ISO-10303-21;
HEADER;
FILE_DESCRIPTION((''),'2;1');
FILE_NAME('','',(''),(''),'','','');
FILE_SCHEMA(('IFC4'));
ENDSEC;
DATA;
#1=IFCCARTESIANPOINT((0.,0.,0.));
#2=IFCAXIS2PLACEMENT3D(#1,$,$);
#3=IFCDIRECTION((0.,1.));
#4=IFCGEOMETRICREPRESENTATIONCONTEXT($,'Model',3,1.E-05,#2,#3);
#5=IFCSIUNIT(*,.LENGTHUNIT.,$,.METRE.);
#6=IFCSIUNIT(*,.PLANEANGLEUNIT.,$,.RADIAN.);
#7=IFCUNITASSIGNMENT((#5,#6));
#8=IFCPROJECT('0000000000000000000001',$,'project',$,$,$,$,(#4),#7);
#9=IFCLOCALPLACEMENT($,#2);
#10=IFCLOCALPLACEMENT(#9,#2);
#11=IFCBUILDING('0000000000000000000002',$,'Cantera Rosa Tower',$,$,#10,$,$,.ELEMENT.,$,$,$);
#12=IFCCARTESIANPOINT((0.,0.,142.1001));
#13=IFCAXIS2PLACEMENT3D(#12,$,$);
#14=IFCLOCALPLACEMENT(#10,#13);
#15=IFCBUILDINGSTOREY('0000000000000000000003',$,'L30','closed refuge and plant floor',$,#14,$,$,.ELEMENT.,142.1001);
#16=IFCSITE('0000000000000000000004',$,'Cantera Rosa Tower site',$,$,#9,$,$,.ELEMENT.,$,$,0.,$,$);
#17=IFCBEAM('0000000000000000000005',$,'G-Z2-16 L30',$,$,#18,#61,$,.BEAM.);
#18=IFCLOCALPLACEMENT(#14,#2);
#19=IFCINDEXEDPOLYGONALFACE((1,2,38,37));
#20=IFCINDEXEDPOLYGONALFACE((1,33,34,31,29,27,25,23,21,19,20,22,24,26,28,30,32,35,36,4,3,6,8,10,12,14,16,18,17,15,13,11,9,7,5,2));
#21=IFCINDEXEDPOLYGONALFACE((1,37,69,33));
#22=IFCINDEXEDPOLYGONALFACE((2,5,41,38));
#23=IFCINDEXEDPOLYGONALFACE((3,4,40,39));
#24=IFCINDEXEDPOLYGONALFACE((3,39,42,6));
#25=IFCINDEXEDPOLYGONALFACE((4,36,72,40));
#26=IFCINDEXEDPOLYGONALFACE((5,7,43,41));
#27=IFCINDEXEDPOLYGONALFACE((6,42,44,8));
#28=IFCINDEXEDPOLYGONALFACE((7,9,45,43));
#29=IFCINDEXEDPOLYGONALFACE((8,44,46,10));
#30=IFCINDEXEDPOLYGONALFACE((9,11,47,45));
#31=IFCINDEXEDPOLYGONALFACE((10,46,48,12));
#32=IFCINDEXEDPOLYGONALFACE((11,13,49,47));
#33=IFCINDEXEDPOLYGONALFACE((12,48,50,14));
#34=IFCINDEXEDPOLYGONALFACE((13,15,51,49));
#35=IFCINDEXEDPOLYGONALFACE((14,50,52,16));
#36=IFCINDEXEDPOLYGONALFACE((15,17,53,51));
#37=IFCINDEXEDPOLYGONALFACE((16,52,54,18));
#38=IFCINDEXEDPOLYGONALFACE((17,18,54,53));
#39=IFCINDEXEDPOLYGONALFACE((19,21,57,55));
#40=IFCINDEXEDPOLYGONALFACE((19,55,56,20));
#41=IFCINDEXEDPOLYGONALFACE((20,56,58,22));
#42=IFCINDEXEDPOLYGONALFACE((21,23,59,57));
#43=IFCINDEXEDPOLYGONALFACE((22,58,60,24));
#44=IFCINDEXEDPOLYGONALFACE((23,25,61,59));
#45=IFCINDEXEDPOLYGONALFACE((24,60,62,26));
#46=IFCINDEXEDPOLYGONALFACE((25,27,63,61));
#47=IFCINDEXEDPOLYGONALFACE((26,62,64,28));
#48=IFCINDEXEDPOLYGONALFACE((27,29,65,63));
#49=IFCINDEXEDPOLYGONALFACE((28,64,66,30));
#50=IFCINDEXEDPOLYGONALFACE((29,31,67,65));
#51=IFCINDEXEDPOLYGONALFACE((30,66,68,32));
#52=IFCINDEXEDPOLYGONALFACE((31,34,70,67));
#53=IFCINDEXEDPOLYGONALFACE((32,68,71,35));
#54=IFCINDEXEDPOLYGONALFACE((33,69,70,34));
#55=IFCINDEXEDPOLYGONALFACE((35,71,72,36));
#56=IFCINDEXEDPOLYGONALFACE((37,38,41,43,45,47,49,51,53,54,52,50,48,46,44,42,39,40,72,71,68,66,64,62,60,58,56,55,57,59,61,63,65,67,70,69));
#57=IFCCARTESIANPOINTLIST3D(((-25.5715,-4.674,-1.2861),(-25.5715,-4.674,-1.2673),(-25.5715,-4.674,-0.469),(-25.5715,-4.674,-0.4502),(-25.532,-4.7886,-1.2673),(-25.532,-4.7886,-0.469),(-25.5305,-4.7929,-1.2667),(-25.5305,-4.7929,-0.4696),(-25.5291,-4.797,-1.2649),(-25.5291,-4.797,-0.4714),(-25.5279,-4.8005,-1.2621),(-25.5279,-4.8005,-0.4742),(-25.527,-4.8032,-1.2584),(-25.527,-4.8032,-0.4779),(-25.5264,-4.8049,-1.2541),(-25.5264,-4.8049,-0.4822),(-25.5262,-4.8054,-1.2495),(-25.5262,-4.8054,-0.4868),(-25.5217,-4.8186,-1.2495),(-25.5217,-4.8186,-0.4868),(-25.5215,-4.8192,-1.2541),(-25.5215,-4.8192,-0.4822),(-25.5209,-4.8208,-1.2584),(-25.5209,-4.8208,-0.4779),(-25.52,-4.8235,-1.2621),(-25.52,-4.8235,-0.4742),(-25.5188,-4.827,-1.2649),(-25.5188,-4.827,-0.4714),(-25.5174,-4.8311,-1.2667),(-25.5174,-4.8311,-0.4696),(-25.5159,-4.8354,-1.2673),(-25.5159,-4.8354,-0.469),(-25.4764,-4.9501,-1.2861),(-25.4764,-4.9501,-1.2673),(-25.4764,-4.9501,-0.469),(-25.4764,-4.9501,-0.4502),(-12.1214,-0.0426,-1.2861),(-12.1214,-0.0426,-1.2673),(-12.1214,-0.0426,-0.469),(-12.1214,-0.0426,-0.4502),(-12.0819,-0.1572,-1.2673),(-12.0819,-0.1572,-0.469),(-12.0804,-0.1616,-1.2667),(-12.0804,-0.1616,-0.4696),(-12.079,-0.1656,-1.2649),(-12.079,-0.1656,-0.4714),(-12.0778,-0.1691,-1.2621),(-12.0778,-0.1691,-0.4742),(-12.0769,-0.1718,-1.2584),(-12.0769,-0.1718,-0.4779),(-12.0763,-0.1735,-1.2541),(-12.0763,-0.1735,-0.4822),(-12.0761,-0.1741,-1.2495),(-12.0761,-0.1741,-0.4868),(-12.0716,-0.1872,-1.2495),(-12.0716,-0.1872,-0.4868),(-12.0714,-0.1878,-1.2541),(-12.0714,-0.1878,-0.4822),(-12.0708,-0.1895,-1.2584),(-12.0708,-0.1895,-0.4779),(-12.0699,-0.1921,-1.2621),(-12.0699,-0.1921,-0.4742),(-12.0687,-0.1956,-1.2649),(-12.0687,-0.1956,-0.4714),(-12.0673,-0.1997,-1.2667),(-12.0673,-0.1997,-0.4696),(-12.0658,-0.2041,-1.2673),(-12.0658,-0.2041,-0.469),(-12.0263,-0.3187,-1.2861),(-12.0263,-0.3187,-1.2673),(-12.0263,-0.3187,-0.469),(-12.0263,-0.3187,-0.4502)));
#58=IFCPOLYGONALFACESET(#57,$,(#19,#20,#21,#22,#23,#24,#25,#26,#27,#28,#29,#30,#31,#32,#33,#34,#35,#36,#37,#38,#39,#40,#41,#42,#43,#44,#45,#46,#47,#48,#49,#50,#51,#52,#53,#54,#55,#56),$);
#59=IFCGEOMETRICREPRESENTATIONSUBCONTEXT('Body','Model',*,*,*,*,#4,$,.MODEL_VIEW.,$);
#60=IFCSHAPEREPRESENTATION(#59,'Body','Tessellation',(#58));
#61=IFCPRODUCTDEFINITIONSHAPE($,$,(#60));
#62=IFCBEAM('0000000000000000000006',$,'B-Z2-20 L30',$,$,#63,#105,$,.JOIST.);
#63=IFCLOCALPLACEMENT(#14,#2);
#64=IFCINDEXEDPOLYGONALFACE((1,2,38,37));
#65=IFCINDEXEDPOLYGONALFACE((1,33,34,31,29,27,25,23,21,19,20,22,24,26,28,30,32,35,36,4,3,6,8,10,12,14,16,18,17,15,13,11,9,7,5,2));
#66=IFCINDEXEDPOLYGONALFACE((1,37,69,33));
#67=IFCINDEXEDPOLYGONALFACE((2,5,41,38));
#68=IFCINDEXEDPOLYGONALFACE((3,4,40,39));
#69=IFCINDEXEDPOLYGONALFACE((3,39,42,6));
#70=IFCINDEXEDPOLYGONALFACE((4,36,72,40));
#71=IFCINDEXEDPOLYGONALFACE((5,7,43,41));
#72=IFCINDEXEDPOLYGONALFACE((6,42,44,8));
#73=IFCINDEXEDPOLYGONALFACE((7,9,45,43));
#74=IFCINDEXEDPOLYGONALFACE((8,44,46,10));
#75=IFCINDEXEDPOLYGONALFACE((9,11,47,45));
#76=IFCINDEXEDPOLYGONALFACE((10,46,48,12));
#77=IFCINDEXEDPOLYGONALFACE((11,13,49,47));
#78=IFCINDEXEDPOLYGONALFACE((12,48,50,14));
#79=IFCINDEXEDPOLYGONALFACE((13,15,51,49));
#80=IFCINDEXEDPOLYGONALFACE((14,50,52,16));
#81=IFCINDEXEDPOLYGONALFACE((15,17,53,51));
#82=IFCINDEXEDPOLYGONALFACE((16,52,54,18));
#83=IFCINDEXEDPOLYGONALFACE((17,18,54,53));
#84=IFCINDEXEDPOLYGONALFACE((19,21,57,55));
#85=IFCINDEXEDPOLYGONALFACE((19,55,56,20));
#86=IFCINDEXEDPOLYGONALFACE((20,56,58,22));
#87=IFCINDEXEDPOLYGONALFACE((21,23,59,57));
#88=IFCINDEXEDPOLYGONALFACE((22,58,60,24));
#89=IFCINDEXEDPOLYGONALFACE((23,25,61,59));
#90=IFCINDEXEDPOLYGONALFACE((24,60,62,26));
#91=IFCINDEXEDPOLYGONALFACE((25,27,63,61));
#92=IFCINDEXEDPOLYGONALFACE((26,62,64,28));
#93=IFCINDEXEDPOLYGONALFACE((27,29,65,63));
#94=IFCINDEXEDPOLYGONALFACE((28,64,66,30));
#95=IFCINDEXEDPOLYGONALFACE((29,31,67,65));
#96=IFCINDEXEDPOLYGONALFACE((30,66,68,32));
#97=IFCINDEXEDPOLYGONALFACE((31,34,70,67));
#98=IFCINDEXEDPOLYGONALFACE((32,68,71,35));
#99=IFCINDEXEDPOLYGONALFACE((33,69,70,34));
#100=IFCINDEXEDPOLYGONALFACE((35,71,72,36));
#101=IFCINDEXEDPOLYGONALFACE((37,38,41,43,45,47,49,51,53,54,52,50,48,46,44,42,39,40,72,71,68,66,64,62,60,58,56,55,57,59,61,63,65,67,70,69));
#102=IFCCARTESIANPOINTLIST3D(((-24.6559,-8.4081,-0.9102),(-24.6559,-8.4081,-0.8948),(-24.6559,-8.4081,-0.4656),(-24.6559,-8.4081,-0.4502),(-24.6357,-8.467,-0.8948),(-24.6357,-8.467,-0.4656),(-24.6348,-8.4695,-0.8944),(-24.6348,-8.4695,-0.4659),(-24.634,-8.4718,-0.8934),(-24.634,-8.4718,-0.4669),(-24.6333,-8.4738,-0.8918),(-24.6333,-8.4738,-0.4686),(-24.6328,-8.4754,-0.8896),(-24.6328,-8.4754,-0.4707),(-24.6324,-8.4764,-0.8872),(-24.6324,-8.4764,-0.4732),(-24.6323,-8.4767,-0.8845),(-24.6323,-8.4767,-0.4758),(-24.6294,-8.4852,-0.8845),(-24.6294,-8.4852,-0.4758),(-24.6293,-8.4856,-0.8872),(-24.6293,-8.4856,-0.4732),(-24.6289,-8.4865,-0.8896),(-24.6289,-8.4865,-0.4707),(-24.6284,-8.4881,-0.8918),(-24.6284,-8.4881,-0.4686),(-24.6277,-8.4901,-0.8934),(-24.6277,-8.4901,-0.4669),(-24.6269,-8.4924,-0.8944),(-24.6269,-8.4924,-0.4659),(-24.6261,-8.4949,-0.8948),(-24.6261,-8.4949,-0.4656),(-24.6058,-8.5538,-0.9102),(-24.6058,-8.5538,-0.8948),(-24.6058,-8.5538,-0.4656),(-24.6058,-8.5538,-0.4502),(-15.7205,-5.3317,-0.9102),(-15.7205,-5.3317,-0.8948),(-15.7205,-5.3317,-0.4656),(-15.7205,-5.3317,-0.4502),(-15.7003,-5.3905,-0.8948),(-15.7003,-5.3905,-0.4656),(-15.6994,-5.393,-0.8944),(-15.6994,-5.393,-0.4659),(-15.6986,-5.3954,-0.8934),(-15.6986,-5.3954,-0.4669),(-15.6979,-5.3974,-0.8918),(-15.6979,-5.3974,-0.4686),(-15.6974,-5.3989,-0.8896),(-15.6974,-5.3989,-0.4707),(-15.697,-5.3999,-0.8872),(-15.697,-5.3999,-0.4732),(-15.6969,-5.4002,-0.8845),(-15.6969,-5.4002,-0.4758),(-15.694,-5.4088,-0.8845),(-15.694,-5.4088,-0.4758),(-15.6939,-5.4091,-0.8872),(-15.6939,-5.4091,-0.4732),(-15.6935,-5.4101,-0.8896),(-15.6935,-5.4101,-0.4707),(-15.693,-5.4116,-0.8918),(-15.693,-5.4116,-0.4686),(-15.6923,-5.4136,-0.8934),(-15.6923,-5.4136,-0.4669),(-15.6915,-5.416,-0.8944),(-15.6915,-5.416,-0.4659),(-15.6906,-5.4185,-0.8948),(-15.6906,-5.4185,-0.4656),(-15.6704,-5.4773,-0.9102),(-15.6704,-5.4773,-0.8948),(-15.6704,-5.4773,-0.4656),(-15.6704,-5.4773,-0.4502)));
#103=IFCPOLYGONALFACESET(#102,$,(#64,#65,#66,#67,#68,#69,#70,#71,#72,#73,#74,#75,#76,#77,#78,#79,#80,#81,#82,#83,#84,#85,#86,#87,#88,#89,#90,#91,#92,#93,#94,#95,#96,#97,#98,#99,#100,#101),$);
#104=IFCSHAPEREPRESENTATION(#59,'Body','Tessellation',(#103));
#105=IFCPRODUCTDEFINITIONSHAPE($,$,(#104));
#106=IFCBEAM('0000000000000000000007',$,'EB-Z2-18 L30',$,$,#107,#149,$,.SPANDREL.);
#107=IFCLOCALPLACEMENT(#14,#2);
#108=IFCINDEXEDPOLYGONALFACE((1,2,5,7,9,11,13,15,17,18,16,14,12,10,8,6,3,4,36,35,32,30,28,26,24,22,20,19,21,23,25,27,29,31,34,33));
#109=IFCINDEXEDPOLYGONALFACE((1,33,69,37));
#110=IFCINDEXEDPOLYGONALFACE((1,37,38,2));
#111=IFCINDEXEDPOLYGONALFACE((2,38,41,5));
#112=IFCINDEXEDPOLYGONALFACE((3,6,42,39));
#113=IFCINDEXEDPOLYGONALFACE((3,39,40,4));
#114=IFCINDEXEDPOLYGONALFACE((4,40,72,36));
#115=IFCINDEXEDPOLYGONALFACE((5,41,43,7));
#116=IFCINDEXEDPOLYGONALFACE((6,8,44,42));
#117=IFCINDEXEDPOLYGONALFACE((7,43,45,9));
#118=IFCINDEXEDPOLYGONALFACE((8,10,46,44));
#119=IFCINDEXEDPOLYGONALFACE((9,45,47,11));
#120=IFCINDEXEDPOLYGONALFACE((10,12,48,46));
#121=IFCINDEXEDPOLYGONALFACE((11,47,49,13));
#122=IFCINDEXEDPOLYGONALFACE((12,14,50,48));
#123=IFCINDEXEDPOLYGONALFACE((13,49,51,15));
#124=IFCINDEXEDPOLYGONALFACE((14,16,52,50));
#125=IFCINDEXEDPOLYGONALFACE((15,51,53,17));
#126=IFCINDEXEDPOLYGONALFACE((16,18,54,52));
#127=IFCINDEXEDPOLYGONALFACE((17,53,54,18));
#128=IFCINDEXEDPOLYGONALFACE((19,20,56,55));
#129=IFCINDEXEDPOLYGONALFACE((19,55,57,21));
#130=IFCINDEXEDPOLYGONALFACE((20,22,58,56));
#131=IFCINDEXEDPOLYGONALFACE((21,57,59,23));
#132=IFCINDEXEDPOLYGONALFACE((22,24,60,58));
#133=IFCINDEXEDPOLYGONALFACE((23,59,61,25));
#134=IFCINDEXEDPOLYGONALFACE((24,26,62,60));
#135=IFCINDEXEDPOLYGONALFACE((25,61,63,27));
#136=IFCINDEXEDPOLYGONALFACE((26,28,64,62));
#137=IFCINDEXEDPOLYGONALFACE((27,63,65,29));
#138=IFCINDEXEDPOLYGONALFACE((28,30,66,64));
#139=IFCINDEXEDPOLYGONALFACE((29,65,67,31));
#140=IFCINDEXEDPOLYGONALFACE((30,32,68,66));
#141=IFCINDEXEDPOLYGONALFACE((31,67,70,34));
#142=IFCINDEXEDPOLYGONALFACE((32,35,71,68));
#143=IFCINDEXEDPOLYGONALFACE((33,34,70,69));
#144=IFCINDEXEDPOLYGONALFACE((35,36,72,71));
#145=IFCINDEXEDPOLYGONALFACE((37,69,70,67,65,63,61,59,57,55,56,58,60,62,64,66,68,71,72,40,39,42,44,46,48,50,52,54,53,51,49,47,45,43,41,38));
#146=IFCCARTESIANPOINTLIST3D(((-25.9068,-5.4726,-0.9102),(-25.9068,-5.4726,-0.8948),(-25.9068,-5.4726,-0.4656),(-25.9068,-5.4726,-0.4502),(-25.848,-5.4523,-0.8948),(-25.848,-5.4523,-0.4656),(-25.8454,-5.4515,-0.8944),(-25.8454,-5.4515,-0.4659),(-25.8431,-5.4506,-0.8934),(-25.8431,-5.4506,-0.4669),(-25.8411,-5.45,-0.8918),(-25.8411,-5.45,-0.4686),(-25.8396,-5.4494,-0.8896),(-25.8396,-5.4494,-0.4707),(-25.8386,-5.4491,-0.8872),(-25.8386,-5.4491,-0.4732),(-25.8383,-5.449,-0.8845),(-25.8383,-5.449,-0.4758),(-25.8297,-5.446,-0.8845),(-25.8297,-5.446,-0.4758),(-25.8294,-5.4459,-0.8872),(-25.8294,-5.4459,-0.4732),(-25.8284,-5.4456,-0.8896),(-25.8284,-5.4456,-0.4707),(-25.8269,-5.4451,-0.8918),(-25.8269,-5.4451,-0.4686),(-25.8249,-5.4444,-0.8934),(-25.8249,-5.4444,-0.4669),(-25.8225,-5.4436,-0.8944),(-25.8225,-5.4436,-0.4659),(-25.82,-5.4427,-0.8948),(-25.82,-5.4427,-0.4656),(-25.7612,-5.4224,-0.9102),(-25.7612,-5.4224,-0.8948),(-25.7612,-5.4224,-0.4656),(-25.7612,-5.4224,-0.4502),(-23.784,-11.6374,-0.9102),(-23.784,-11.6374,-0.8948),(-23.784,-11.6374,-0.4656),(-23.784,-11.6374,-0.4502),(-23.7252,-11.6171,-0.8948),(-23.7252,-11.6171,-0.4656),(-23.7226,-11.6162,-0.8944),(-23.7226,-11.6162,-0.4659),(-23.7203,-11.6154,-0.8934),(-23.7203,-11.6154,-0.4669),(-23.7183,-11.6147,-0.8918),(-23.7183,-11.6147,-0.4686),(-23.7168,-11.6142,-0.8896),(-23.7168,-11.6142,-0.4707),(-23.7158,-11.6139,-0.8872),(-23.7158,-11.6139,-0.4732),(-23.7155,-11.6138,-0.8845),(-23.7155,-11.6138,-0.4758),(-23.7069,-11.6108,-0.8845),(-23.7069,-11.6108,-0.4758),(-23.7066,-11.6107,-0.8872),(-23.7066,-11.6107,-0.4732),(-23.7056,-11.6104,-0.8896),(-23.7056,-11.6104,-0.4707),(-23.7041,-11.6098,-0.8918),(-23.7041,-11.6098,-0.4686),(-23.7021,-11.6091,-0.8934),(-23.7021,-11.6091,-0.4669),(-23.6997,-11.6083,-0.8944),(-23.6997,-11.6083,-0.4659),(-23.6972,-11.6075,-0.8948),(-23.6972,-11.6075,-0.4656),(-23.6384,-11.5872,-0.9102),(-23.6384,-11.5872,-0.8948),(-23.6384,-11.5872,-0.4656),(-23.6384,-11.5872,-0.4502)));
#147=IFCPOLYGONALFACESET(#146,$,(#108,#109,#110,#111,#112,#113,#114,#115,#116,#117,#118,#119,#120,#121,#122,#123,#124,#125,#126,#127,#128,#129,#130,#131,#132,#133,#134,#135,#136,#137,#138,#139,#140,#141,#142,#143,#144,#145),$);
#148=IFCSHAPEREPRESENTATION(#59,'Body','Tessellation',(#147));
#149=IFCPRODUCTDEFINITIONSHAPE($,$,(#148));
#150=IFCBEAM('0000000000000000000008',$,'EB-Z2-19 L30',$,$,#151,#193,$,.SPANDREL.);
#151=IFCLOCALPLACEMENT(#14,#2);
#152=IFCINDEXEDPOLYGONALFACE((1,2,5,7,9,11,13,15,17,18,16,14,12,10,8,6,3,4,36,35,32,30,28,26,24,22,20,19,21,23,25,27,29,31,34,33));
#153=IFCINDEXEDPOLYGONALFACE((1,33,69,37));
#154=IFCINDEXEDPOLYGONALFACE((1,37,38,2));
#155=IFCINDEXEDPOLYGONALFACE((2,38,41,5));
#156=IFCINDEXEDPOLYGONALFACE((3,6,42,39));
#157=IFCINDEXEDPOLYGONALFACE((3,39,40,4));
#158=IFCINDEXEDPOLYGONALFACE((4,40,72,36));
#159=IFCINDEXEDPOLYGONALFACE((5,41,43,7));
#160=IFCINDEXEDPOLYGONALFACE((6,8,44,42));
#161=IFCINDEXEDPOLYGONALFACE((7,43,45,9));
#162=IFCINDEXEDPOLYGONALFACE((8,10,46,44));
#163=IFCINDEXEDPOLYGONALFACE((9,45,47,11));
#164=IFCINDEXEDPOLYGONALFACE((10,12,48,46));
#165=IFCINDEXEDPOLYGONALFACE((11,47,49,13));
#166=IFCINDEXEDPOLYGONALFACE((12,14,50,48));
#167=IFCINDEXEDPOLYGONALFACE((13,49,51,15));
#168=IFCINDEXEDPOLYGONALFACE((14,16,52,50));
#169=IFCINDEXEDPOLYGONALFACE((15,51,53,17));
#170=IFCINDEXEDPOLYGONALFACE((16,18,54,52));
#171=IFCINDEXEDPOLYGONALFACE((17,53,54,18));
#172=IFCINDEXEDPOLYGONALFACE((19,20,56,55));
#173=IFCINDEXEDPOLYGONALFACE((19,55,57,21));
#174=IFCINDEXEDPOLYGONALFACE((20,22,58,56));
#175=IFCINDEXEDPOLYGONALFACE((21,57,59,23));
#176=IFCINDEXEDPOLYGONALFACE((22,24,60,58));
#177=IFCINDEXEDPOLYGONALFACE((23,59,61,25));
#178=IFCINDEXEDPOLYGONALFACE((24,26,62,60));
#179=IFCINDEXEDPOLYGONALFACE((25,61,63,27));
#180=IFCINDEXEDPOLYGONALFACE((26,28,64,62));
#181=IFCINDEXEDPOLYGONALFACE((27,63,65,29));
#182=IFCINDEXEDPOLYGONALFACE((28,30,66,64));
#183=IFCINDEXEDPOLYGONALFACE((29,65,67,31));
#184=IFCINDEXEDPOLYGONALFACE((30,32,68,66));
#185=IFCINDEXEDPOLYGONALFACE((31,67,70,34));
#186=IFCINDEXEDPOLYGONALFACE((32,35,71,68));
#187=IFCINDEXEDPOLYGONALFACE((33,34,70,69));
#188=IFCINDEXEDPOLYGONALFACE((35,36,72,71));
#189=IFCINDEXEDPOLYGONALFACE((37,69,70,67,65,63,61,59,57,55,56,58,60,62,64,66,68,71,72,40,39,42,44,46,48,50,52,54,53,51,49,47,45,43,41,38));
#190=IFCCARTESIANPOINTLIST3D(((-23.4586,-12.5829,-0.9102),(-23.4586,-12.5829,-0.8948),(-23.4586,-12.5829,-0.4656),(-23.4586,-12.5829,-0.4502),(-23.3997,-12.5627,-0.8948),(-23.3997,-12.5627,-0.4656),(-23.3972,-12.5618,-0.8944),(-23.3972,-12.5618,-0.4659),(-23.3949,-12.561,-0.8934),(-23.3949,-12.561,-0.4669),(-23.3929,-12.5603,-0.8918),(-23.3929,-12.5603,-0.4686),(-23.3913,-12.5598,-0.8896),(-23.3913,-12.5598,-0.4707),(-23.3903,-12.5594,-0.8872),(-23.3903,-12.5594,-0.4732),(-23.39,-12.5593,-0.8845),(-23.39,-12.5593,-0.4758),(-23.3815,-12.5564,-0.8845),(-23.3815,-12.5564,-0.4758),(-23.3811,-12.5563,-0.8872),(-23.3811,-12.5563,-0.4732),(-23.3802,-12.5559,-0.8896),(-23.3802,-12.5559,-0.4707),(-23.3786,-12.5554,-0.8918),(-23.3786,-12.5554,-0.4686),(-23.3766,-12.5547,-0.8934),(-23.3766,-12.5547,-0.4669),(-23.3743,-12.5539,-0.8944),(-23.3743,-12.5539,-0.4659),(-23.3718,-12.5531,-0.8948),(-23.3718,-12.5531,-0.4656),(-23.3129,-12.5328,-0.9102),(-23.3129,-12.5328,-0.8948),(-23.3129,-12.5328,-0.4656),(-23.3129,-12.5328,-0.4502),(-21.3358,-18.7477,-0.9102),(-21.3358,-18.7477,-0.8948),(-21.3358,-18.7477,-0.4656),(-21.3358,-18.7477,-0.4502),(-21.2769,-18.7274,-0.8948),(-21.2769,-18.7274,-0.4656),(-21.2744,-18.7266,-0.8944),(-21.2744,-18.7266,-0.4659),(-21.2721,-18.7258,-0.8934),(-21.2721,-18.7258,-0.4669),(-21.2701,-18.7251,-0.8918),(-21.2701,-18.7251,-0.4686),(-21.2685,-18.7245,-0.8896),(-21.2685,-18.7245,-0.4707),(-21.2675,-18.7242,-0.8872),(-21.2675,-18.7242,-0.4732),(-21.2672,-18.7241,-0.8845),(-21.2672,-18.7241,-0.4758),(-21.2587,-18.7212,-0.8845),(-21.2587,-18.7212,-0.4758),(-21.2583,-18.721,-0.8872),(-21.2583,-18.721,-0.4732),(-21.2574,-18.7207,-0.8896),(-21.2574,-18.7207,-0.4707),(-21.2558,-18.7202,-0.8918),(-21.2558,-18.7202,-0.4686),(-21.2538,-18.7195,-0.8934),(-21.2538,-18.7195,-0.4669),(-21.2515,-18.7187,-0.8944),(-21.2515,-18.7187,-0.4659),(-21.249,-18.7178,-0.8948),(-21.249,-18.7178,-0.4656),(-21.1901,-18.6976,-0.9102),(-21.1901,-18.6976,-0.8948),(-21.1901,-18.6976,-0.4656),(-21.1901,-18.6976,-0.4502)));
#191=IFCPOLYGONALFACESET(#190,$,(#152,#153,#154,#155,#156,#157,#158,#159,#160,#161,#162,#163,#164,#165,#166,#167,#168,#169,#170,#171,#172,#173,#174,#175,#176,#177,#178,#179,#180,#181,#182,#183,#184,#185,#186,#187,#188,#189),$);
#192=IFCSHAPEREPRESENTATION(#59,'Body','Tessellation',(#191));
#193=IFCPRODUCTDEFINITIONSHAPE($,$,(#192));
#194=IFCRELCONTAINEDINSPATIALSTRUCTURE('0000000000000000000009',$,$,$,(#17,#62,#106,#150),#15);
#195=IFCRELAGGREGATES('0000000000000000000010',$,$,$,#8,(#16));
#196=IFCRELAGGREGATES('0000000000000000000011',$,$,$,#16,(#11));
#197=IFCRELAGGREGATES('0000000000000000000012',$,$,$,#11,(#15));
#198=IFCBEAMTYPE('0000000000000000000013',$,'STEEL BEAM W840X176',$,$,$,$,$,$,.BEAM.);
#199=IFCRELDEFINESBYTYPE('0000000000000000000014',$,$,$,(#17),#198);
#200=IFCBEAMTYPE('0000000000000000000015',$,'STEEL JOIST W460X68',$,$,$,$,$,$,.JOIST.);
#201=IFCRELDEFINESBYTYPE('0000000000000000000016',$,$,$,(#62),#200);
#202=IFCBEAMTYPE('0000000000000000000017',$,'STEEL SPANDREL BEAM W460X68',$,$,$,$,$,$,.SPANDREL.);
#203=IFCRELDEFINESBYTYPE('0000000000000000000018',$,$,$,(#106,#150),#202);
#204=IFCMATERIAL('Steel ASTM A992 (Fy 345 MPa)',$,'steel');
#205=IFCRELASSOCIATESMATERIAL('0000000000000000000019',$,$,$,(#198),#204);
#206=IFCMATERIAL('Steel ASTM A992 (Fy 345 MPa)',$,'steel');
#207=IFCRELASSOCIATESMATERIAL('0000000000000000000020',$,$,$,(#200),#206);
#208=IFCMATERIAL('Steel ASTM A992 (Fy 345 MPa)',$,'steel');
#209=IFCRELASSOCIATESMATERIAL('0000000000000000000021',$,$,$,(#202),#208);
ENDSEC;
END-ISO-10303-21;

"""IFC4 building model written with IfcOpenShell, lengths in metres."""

from ifc_helpers import new_model, si_unit, direction, frame, origin, origin_2d, place, context, subcontext, project, spatial, i_section, extrude, material, material_profile, profile_set, type_object, element, save


model = new_model("IFC4")

# Units and contexts
model_context = context("Model", 3, precision=1e-05, world=origin(), true_north=direction((0.0, 1.0)))
body_context = subcontext(model_context, "Body", "Model", "MODEL_VIEW")
ifc_project = project(units=[si_unit("LENGTHUNIT", "METRE"), si_unit("PLANEANGLEUNIT", "RADIAN")], contexts=[model_context])

# Site, building, storey
site_placement = place(None, origin())
site = spatial("IfcSite", under=ifc_project, at=site_placement, Name="Cantera Rosa Tower site", CompositionType="ELEMENT", RefElevation=0.0)
building_placement = place(site_placement, origin())
building = spatial("IfcBuilding", under=site, at=building_placement, Name="Cantera Rosa Tower", CompositionType="ELEMENT")
storey_placement = place(building_placement, frame((0.0, 0.0, 142.1001)))
storey = spatial("IfcBuildingStorey", under=building, at=storey_placement, Name="L30", Description="closed refuge and plant floor", CompositionType="ELEMENT", Elevation=142.1001)

# Beams
ifc_material_1 = material(Name="Steel ASTM A992 (Fy 345 MPa)", Category="steel")
ifc_material_profile_1 = material_profile(ifc_material_1, i_section(OverallWidth=0.292, OverallDepth=0.8359, WebThickness=0.0139, FlangeThickness=0.0188, FilletRadius=0.0178, at=origin_2d()), Name="W840X176")
ifc_profile_set_1 = profile_set([ifc_material_profile_1], Name="Steel ASTM A992 (Fy 345 MPa)")
beam_type_1 = type_object("IfcBeamType", Name="STEEL BEAM W840X176", PredefinedType="BEAM", material=ifc_profile_set_1)
beam_1_placement = place(storey_placement, frame((-25.5239, -4.812, -0.8682), z_axis=(0.945515, 0.325578, 0.0), x_axis=(-0.325578, 0.945515, 0.0)))
element("IfcBeam", 1, at=beam_1_placement, inside=storey, type_object=beam_type_1, Name="G-Z2-16 L30", PredefinedType="BEAM", context=body_context, shape_type="SweptSolid", body=[
    extrude(i_section(OverallWidth=0.292, OverallDepth=0.8359, WebThickness=0.0139, FlangeThickness=0.0188, FilletRadius=0.0178, at=origin_2d()), origin(), (0.0, 0.0, 1.0), 14.2251),
])
ifc_material_2 = material(Name="Steel ASTM A992 (Fy 345 MPa)", Category="steel")
ifc_material_profile_2 = material_profile(ifc_material_2, i_section(OverallWidth=0.1541, OverallDepth=0.46, WebThickness=0.009, FlangeThickness=0.0154, FilletRadius=0.0103, at=origin_2d()), Name="W460X68")
ifc_profile_set_2 = profile_set([ifc_material_profile_2], Name="Steel ASTM A992 (Fy 345 MPa)")
beam_type_2 = type_object("IfcBeamType", Name="STEEL JOIST W460X68", PredefinedType="JOIST", material=ifc_profile_set_2)
beam_2_placement = place(storey_placement, frame((-24.6309, -8.481, -0.6802), z_axis=(0.945527, 0.325544, 0.0), x_axis=(-0.325544, 0.945527, 0.0)))
element("IfcBeam", 2, at=beam_2_placement, inside=storey, type_object=beam_type_2, Name="B-Z2-20 L30", PredefinedType="JOIST", context=body_context, shape_type="SweptSolid", body=[
    extrude(i_section(OverallWidth=0.1541, OverallDepth=0.46, WebThickness=0.009, FlangeThickness=0.0154, FilletRadius=0.0103, at=origin_2d()), origin(), (0.0, 0.0, 1.0), 9.4502),
])
ifc_material_3 = material(Name="Steel ASTM A992 (Fy 345 MPa)", Category="steel")
ifc_material_profile_3 = material_profile(ifc_material_3, i_section(OverallWidth=0.1541, OverallDepth=0.46, WebThickness=0.009, FlangeThickness=0.0154, FilletRadius=0.0103, at=origin_2d()), Name="W460X68")
ifc_profile_set_3 = profile_set([ifc_material_profile_3], Name="Steel ASTM A992 (Fy 345 MPa)")
beam_type_3 = type_object("IfcBeamType", Name="STEEL SPANDREL BEAM W460X68", PredefinedType="SPANDREL", material=ifc_profile_set_3)
for number, where, z_axis, x_axis, name in (
    (3, (-25.834, -5.4475, -0.6802), (0.325581, -0.945514, 0.0), (0.945514, 0.325581, 0.0), "EB-Z2-18 L30"),
    (4, (-23.3857, -12.5579, -0.6802), (0.325581, -0.945514, 0.0), (0.945514, 0.325581, 0.0), "EB-Z2-19 L30"),
):
    element("IfcBeam", number, at=place(storey_placement, frame(where, z_axis=z_axis, x_axis=x_axis)), inside=storey, type_object=beam_type_3, Name=name, PredefinedType="SPANDREL", context=body_context, shape_type="SweptSolid", body=[
        extrude(i_section(OverallWidth=0.1541, OverallDepth=0.46, WebThickness=0.009, FlangeThickness=0.0154, FilletRadius=0.0103, at=origin_2d()), origin(), (0.0, 0.0, 1.0), 6.52),
    ])

save(model, "model.ifc")
